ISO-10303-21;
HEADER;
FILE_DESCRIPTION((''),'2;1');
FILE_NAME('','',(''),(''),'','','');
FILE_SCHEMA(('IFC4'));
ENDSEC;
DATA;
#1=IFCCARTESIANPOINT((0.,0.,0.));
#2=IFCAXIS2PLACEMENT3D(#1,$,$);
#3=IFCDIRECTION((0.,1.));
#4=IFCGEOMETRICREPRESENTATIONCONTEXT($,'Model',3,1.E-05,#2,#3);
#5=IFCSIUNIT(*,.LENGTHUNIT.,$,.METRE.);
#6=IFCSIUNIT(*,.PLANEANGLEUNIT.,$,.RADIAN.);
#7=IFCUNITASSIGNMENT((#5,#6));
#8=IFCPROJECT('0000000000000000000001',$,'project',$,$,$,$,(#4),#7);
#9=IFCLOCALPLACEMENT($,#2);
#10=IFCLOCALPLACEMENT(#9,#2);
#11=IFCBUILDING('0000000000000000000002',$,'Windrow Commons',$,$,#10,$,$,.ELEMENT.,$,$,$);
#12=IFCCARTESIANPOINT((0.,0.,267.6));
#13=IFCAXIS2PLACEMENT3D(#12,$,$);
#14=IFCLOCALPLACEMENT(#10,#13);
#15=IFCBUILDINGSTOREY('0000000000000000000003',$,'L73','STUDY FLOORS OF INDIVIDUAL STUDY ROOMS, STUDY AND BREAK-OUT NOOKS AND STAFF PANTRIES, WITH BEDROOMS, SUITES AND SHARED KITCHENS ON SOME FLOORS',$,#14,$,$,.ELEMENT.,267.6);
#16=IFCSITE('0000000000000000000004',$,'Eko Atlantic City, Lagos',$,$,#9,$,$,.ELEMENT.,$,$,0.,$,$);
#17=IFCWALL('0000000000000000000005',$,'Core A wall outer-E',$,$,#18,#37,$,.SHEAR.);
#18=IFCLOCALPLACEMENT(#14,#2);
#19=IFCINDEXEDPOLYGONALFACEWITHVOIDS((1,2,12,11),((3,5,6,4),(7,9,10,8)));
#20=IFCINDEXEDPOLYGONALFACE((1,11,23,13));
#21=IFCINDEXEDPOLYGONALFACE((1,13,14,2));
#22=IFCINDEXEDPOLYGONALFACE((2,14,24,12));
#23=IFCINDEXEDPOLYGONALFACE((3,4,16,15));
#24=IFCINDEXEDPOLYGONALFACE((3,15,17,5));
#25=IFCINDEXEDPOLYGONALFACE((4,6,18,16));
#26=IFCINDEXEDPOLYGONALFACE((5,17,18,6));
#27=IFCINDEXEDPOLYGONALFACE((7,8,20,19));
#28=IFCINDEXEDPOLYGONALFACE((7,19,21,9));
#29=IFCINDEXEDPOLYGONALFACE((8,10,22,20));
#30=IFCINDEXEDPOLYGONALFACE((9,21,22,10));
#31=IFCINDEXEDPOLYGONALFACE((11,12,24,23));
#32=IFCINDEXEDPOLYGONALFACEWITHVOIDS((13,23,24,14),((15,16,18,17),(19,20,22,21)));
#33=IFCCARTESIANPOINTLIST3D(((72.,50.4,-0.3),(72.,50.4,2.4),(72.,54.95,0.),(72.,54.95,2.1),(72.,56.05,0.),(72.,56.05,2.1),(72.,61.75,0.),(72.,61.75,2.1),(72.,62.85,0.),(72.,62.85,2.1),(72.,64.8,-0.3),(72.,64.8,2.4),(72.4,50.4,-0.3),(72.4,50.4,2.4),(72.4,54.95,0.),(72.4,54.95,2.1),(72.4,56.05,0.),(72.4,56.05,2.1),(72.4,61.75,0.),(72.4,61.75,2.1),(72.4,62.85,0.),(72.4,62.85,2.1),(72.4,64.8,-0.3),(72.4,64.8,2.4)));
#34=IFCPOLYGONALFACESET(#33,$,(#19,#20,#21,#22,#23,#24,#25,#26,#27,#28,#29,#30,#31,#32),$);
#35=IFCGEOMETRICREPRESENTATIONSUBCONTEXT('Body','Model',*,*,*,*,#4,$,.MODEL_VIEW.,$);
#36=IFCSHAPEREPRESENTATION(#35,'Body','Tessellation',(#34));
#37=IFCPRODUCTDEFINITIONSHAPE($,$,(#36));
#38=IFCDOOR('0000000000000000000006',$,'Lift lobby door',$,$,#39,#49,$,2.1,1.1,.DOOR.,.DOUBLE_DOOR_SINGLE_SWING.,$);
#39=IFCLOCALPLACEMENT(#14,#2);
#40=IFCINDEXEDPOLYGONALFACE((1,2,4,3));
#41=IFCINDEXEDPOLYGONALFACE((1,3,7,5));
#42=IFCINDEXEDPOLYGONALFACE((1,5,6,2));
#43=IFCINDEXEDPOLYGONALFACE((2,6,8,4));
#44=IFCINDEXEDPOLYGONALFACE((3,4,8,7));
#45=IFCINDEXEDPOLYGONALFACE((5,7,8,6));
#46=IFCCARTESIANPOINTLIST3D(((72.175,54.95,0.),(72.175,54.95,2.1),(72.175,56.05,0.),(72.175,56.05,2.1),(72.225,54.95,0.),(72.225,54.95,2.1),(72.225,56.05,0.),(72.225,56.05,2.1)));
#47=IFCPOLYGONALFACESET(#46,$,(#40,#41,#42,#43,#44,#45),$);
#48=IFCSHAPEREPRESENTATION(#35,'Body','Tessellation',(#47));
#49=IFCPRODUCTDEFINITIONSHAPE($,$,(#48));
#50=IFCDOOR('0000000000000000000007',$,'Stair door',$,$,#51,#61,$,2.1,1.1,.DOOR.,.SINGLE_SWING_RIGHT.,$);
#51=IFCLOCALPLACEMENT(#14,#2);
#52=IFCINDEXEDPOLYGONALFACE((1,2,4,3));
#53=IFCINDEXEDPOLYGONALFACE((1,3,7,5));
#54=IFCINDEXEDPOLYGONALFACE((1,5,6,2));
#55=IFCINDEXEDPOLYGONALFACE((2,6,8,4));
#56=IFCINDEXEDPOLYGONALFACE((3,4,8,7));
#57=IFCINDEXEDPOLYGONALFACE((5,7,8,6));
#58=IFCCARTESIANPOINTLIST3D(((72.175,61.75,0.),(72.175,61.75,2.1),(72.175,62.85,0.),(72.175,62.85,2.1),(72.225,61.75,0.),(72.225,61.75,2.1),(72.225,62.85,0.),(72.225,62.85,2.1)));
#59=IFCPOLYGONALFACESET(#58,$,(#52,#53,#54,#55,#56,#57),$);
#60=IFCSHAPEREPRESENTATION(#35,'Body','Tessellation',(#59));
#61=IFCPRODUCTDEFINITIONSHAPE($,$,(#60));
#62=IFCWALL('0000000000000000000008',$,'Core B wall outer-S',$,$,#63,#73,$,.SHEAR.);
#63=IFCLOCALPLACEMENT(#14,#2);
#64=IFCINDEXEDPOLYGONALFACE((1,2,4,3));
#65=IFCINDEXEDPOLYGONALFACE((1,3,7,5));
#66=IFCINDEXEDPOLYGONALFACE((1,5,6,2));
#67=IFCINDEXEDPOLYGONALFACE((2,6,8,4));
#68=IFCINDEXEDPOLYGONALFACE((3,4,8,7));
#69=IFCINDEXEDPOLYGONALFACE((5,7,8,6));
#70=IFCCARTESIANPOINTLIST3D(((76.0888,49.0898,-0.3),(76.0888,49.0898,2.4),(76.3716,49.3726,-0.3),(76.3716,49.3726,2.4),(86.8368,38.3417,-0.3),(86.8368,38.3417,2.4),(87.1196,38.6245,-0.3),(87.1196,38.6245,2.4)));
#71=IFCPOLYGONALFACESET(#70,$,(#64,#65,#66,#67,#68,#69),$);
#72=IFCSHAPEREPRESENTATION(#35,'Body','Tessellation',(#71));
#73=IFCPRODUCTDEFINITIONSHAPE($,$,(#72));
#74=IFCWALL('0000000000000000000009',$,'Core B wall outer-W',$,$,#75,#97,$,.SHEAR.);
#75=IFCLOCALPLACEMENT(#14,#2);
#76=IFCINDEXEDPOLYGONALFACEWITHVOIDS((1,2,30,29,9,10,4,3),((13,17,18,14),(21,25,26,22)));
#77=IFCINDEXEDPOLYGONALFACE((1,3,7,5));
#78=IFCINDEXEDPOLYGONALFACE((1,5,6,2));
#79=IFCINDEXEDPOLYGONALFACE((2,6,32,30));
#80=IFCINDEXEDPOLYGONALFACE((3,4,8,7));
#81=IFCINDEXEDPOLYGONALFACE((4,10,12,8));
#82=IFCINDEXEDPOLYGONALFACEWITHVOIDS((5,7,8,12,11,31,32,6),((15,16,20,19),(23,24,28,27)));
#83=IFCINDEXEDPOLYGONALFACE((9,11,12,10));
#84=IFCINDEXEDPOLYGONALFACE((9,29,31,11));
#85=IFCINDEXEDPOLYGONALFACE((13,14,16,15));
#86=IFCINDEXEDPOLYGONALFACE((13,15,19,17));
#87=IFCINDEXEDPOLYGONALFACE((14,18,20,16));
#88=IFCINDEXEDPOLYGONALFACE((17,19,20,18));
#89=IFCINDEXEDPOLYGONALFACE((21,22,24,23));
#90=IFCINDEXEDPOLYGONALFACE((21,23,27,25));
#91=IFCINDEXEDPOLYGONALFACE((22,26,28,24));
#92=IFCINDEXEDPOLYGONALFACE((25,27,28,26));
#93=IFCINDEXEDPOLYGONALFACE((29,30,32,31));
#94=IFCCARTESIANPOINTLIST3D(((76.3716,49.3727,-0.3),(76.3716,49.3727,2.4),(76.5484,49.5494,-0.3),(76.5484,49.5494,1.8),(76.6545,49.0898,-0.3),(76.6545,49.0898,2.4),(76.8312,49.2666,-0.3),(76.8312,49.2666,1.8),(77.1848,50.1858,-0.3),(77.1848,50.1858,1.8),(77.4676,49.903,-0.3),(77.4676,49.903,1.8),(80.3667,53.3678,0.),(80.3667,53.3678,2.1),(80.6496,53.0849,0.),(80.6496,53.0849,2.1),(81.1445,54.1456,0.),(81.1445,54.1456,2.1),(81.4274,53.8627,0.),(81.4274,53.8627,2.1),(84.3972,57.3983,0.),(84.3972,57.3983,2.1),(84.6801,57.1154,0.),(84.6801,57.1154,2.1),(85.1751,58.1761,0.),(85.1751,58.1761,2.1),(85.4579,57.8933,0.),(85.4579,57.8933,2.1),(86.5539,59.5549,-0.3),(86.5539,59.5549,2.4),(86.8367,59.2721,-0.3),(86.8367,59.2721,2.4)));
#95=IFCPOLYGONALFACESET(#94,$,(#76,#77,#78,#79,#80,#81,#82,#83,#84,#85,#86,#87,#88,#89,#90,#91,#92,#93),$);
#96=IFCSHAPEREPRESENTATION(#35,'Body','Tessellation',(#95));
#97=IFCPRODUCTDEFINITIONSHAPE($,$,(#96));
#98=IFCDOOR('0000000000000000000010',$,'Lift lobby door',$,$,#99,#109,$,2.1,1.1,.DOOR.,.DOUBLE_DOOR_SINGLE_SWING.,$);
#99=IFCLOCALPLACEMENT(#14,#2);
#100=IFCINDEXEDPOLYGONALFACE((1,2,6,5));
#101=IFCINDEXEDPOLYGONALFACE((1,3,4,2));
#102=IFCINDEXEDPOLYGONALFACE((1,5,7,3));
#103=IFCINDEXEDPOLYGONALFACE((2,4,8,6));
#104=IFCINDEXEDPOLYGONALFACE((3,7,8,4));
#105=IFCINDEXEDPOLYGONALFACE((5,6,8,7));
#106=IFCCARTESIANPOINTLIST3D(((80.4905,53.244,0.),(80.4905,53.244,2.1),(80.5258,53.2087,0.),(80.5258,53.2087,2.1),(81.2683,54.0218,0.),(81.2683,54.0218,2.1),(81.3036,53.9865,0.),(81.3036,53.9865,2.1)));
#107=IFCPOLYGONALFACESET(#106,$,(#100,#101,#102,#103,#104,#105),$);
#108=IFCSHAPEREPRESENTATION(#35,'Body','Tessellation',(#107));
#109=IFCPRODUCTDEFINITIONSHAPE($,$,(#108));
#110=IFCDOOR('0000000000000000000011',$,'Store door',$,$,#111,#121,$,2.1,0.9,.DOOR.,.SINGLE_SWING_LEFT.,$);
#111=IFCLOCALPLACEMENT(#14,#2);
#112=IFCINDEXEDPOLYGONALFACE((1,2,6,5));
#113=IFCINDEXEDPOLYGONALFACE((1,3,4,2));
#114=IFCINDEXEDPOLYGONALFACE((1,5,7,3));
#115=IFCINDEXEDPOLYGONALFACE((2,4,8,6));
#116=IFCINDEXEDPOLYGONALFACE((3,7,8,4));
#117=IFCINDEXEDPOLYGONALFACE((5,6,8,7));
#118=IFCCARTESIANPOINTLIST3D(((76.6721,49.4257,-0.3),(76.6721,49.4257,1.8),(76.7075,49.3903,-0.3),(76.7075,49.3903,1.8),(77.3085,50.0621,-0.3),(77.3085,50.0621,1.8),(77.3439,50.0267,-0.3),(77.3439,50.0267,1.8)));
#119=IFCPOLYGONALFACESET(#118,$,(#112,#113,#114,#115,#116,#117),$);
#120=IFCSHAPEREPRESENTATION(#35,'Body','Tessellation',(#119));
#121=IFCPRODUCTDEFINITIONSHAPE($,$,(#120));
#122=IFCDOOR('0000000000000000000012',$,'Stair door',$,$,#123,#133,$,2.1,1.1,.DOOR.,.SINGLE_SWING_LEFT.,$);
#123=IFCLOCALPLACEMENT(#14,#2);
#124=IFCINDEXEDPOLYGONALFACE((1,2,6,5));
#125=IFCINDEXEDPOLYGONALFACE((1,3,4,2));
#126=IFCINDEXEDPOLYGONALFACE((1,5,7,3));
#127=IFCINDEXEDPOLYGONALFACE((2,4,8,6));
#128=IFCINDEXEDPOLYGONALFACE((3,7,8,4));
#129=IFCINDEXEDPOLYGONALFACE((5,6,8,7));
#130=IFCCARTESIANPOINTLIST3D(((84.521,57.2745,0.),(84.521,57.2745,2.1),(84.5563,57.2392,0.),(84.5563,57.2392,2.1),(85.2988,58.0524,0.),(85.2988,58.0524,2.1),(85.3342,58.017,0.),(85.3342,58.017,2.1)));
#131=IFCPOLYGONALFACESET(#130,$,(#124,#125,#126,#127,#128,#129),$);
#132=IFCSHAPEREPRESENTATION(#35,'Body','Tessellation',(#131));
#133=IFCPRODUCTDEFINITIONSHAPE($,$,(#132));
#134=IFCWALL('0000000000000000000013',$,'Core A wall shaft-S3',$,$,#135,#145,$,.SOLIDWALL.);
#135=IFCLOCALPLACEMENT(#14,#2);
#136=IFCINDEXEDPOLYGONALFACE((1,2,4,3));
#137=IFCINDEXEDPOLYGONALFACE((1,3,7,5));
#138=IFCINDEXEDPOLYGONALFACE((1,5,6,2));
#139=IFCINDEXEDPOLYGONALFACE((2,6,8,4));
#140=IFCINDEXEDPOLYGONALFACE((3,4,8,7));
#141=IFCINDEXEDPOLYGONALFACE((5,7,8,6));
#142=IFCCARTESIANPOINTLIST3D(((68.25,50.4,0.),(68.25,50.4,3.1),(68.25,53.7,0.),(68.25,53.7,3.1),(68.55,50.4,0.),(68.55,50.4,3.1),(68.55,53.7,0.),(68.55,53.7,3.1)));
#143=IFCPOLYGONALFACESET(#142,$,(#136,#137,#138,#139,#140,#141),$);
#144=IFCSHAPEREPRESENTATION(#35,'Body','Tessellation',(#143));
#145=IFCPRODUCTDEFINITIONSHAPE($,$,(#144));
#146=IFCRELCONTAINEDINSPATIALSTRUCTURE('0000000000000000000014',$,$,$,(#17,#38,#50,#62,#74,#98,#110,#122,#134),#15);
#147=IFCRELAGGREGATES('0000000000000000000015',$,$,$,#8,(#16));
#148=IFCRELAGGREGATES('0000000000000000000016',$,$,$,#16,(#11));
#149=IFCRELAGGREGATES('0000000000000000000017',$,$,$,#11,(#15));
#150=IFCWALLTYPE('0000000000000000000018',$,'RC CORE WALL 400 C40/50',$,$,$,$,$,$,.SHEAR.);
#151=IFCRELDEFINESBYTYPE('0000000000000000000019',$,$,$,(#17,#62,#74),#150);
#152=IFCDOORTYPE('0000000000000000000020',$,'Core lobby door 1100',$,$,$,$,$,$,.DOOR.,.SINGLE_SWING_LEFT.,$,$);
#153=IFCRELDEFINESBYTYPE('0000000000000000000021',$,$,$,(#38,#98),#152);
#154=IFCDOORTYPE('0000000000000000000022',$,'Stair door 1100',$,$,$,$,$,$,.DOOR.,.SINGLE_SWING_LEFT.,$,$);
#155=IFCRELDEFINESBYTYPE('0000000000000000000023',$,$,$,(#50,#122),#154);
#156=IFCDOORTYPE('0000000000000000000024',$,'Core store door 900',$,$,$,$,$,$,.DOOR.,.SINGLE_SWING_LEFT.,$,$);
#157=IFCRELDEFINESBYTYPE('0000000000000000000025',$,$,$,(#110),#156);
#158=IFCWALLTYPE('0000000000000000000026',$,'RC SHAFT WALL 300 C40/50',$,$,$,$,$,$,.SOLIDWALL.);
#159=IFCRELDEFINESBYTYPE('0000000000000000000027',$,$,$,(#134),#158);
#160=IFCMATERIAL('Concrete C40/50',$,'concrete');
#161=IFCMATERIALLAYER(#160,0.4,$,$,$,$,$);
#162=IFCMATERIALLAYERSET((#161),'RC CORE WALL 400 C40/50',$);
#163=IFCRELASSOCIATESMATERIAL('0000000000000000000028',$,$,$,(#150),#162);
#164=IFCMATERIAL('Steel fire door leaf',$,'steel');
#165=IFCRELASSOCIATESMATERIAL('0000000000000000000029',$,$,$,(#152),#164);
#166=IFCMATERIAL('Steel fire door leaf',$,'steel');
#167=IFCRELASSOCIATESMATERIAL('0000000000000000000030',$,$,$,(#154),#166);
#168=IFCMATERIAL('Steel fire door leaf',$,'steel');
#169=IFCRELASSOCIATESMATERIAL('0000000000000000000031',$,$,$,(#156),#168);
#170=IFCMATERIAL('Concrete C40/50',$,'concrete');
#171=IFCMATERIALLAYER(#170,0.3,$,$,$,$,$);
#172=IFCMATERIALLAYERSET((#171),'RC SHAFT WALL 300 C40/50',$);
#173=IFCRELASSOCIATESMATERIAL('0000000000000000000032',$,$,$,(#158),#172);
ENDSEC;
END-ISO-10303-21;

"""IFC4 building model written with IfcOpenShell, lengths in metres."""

from ifc_helpers import new_model, si_unit, direction, frame, frame_2d, origin, place, context, subcontext, project, spatial, rectangle, extrude, material, layer, layer_set, type_object, element, fill, save


model = new_model("IFC4")

# Units and contexts
model_context = context("Model", 3, precision=1e-05, world=origin(), true_north=direction((0.0, 1.0)))
body_context = subcontext(model_context, "Body", "Model", "MODEL_VIEW")
ifc_project = project(units=[si_unit("LENGTHUNIT", "METRE"), si_unit("PLANEANGLEUNIT", "RADIAN")], contexts=[model_context])

# Site, building, storey
site_placement = place(None, origin())
site = spatial("IfcSite", under=ifc_project, at=site_placement, Name="Eko Atlantic City, Lagos", CompositionType="ELEMENT", RefElevation=0.0)
building_placement = place(site_placement, origin())
building = spatial("IfcBuilding", under=site, at=building_placement, Name="Windrow Commons", CompositionType="ELEMENT")
storey_placement = place(building_placement, frame((0.0, 0.0, 267.6)))
storey = spatial("IfcBuildingStorey", under=building, at=storey_placement, Name="L73", Description="STUDY FLOORS OF INDIVIDUAL STUDY ROOMS, STUDY AND BREAK-OUT NOOKS AND STAFF PANTRIES, WITH BEDROOMS, SUITES AND SHARED KITCHENS ON SOME FLOORS", CompositionType="ELEMENT", Elevation=267.6)

# Wall, openings, doors
ifc_material_1 = material(Name="Concrete C40/50", Category="concrete")
ifc_layer_1 = layer(ifc_material_1, 0.4)
ifc_layer_set_1 = layer_set([ifc_layer_1], Name="RC CORE WALL 400 C40/50")
wall_type_1 = type_object("IfcWallType", Name="RC CORE WALL 400 C40/50", PredefinedType="SHEAR", material=ifc_layer_set_1)
wall_1_placement = place(storey_placement, frame((72.2, 50.4, -0.3), z_axis=(0.0, 0.0, 1.0), x_axis=(0.0, 1.0, 0.0)))
wall_1 = element("IfcWall", 1, at=wall_1_placement, inside=storey, type_object=wall_type_1, Name="Core A wall outer-E", PredefinedType="SHEAR", context=body_context, shape_type="SweptSolid", body=[
    extrude(rectangle(XDim=14.4, YDim=0.4, at=frame_2d((7.2, 0.0))), origin(), (0.0, 0.0, 1.0), 2.7),
])
opening_1_placement = place(wall_1_placement, frame((4.55, 0.0, 0.3)))
opening_1 = element("IfcOpeningElement", 2, at=opening_1_placement, cuts=wall_1, PredefinedType="OPENING", context=body_context, shape_type="SweptSolid", body=[
    extrude(rectangle(XDim=1.1, YDim=2.1, at=frame_2d((0.55, 1.05))), frame((0.0, 0.21, 0.0), z_axis=(0.0, -1.0, 0.0), x_axis=(1.0, 0.0, 0.0)), (0.0, 0.0, 1.0), 0.42),
])
opening_2_placement = place(wall_1_placement, frame((11.35, 0.0, 0.3)))
opening_2 = element("IfcOpeningElement", 3, at=opening_2_placement, cuts=wall_1, PredefinedType="OPENING", context=body_context, shape_type="SweptSolid", body=[
    extrude(rectangle(XDim=1.1, YDim=2.1, at=frame_2d((0.55, 1.05))), frame((0.0, 0.21, 0.0), z_axis=(0.0, -1.0, 0.0), x_axis=(1.0, 0.0, 0.0)), (0.0, 0.0, 1.0), 0.42),
])
ifc_material_2 = material(Name="Steel fire door leaf", Category="steel")
door_type_1 = type_object("IfcDoorType", Name="Core lobby door 1100", OperationType="SINGLE_SWING_LEFT", PredefinedType="DOOR", material=ifc_material_2)
door_1_placement = place(opening_1_placement, origin())
door_1 = element("IfcDoor", 4, at=door_1_placement, inside=storey, type_object=door_type_1, Name="Lift lobby door", OperationType="DOUBLE_DOOR_SINGLE_SWING", OverallHeight=2.1, OverallWidth=1.1, PredefinedType="DOOR", context=body_context, shape_type="SweptSolid", body=[
    extrude(rectangle(XDim=1.1, YDim=2.1, at=frame_2d((0.55, 1.05))), frame((0.0, 0.025, 0.0), z_axis=(0.0, -1.0, 0.0), x_axis=(1.0, 0.0, 0.0)), (0.0, 0.0, 1.0), 0.05),
])
fill(opening_1, door_1)
ifc_material_3 = material(Name="Steel fire door leaf", Category="steel")
door_type_2 = type_object("IfcDoorType", Name="Stair door 1100", OperationType="SINGLE_SWING_LEFT", PredefinedType="DOOR", material=ifc_material_3)
door_2_placement = place(opening_2_placement, origin())
door_2 = element("IfcDoor", 5, at=door_2_placement, inside=storey, type_object=door_type_2, Name="Stair door", OperationType="SINGLE_SWING_RIGHT", OverallHeight=2.1, OverallWidth=1.1, PredefinedType="DOOR", context=body_context, shape_type="SweptSolid", body=[
    extrude(rectangle(XDim=1.1, YDim=2.1, at=frame_2d((0.55, 1.05))), frame((0.0, 0.025, 0.0), z_axis=(0.0, -1.0, 0.0), x_axis=(1.0, 0.0, 0.0)), (0.0, 0.0, 1.0), 0.05),
])
fill(opening_2, door_2)

# Wall
wall_2_placement = place(storey_placement, frame((76.2302, 49.2312, -0.3), z_axis=(0.0, 0.0, 1.0), x_axis=(0.707103, -0.70711, 0.0)))
element("IfcWall", 6, at=wall_2_placement, inside=storey, type_object=wall_type_1, Name="Core B wall outer-S", PredefinedType="SHEAR", context=body_context, shape_type="SweptSolid", body=[
    extrude(rectangle(XDim=15.2, YDim=0.4, at=frame_2d((7.6, 0.0))), origin(), (0.0, 0.0, 1.0), 2.7),
])

# Wall, openings, doors
wall_3_placement = place(storey_placement, frame((76.513, 49.2312, -0.3), z_axis=(0.0, 0.0, 1.0), x_axis=(0.707107, 0.707107, 0.0)))
wall_3 = element("IfcWall", 7, at=wall_3_placement, inside=storey, type_object=wall_type_1, Name="Core B wall outer-W", PredefinedType="SHEAR", context=body_context, shape_type="SweptSolid", body=[
    extrude(rectangle(XDim=14.3999, YDim=0.4, at=frame_2d((7.2, 0.0))), origin(), (0.0, 0.0, 1.0), 2.7),
])
opening_3_placement = place(wall_3_placement, frame((5.65, 0.0, 0.3)))
opening_3 = element("IfcOpeningElement", 8, at=opening_3_placement, cuts=wall_3, PredefinedType="OPENING", context=body_context, shape_type="SweptSolid", body=[
    extrude(rectangle(XDim=1.1, YDim=2.1, at=frame_2d((0.55, 1.05))), frame((0.0, 0.21, 0.0), z_axis=(0.0, -1.0, 0.0), x_axis=(1.0, 0.0, 0.0)), (0.0, 0.0, 1.0), 0.42),
])
opening_4_placement = place(wall_3_placement, frame((11.35, 0.0, 0.3)))
opening_4 = element("IfcOpeningElement", 9, at=opening_4_placement, cuts=wall_3, PredefinedType="OPENING", context=body_context, shape_type="SweptSolid", body=[
    extrude(rectangle(XDim=1.1, YDim=2.1, at=frame_2d((0.55, 1.05))), frame((0.0, 0.21, 0.0), z_axis=(0.0, -1.0, 0.0), x_axis=(1.0, 0.0, 0.0)), (0.0, 0.0, 1.0), 0.42),
])
opening_5_placement = place(wall_3_placement, frame((0.25, 0.0, 0.0)))
opening_5 = element("IfcOpeningElement", 10, at=opening_5_placement, cuts=wall_3, PredefinedType="OPENING", context=body_context, shape_type="SweptSolid", body=[
    extrude(rectangle(XDim=0.9, YDim=2.1, at=frame_2d((0.45, 1.05))), frame((0.0, 0.21, 0.0), z_axis=(0.0, -1.0, 0.0), x_axis=(1.0, 0.0, 0.0)), (0.0, 0.0, 1.0), 0.42),
])
door_3_placement = place(opening_3_placement, origin())
door_3 = element("IfcDoor", 11, at=door_3_placement, inside=storey, type_object=door_type_1, Name="Lift lobby door", OperationType="DOUBLE_DOOR_SINGLE_SWING", OverallHeight=2.1, OverallWidth=1.1, PredefinedType="DOOR", context=body_context, shape_type="SweptSolid", body=[
    extrude(rectangle(XDim=1.1, YDim=2.1, at=frame_2d((0.55, 1.05))), frame((0.0, 0.025, 0.0), z_axis=(0.0, -1.0, 0.0), x_axis=(1.0, 0.0, 0.0)), (0.0, 0.0, 1.0), 0.05),
])
fill(opening_3, door_3)
ifc_material_4 = material(Name="Steel fire door leaf", Category="steel")
door_type_3 = type_object("IfcDoorType", Name="Core store door 900", OperationType="SINGLE_SWING_LEFT", PredefinedType="DOOR", material=ifc_material_4)
door_4_placement = place(opening_5_placement, origin())
door_4 = element("IfcDoor", 12, at=door_4_placement, inside=storey, type_object=door_type_3, Name="Store door", OperationType="SINGLE_SWING_LEFT", OverallHeight=2.1, OverallWidth=0.9, PredefinedType="DOOR", context=body_context, shape_type="SweptSolid", body=[
    extrude(rectangle(XDim=0.9, YDim=2.1, at=frame_2d((0.45, 1.05))), frame((0.0, 0.025, 0.0), z_axis=(0.0, -1.0, 0.0), x_axis=(1.0, 0.0, 0.0)), (0.0, 0.0, 1.0), 0.05),
])
fill(opening_5, door_4)
door_5_placement = place(opening_4_placement, origin())
door_5 = element("IfcDoor", 13, at=door_5_placement, inside=storey, type_object=door_type_2, Name="Stair door", OperationType="SINGLE_SWING_LEFT", OverallHeight=2.1, OverallWidth=1.1, PredefinedType="DOOR", context=body_context, shape_type="SweptSolid", body=[
    extrude(rectangle(XDim=1.1, YDim=2.1, at=frame_2d((0.55, 1.05))), frame((0.0, 0.025, 0.0), z_axis=(0.0, -1.0, 0.0), x_axis=(1.0, 0.0, 0.0)), (0.0, 0.0, 1.0), 0.05),
])
fill(opening_4, door_5)

# Wall
ifc_material_5 = material(Name="Concrete C40/50", Category="concrete")
ifc_layer_2 = layer(ifc_material_5, 0.3)
ifc_layer_set_2 = layer_set([ifc_layer_2], Name="RC SHAFT WALL 300 C40/50")
wall_type_2 = type_object("IfcWallType", Name="RC SHAFT WALL 300 C40/50", PredefinedType="SOLIDWALL", material=ifc_layer_set_2)
wall_4_placement = place(storey_placement, frame((68.4, 50.4, 0.0), z_axis=(0.0, 0.0, 1.0), x_axis=(0.0, 1.0, 0.0)))
element("IfcWall", 14, at=wall_4_placement, inside=storey, type_object=wall_type_2, Name="Core A wall shaft-S3", PredefinedType="SOLIDWALL", context=body_context, shape_type="SweptSolid", body=[
    extrude(rectangle(XDim=3.3, YDim=0.3, at=frame_2d((1.65, 0.0))), origin(), (0.0, 0.0, 1.0), 3.1),
])

save(model, "model.ifc")
